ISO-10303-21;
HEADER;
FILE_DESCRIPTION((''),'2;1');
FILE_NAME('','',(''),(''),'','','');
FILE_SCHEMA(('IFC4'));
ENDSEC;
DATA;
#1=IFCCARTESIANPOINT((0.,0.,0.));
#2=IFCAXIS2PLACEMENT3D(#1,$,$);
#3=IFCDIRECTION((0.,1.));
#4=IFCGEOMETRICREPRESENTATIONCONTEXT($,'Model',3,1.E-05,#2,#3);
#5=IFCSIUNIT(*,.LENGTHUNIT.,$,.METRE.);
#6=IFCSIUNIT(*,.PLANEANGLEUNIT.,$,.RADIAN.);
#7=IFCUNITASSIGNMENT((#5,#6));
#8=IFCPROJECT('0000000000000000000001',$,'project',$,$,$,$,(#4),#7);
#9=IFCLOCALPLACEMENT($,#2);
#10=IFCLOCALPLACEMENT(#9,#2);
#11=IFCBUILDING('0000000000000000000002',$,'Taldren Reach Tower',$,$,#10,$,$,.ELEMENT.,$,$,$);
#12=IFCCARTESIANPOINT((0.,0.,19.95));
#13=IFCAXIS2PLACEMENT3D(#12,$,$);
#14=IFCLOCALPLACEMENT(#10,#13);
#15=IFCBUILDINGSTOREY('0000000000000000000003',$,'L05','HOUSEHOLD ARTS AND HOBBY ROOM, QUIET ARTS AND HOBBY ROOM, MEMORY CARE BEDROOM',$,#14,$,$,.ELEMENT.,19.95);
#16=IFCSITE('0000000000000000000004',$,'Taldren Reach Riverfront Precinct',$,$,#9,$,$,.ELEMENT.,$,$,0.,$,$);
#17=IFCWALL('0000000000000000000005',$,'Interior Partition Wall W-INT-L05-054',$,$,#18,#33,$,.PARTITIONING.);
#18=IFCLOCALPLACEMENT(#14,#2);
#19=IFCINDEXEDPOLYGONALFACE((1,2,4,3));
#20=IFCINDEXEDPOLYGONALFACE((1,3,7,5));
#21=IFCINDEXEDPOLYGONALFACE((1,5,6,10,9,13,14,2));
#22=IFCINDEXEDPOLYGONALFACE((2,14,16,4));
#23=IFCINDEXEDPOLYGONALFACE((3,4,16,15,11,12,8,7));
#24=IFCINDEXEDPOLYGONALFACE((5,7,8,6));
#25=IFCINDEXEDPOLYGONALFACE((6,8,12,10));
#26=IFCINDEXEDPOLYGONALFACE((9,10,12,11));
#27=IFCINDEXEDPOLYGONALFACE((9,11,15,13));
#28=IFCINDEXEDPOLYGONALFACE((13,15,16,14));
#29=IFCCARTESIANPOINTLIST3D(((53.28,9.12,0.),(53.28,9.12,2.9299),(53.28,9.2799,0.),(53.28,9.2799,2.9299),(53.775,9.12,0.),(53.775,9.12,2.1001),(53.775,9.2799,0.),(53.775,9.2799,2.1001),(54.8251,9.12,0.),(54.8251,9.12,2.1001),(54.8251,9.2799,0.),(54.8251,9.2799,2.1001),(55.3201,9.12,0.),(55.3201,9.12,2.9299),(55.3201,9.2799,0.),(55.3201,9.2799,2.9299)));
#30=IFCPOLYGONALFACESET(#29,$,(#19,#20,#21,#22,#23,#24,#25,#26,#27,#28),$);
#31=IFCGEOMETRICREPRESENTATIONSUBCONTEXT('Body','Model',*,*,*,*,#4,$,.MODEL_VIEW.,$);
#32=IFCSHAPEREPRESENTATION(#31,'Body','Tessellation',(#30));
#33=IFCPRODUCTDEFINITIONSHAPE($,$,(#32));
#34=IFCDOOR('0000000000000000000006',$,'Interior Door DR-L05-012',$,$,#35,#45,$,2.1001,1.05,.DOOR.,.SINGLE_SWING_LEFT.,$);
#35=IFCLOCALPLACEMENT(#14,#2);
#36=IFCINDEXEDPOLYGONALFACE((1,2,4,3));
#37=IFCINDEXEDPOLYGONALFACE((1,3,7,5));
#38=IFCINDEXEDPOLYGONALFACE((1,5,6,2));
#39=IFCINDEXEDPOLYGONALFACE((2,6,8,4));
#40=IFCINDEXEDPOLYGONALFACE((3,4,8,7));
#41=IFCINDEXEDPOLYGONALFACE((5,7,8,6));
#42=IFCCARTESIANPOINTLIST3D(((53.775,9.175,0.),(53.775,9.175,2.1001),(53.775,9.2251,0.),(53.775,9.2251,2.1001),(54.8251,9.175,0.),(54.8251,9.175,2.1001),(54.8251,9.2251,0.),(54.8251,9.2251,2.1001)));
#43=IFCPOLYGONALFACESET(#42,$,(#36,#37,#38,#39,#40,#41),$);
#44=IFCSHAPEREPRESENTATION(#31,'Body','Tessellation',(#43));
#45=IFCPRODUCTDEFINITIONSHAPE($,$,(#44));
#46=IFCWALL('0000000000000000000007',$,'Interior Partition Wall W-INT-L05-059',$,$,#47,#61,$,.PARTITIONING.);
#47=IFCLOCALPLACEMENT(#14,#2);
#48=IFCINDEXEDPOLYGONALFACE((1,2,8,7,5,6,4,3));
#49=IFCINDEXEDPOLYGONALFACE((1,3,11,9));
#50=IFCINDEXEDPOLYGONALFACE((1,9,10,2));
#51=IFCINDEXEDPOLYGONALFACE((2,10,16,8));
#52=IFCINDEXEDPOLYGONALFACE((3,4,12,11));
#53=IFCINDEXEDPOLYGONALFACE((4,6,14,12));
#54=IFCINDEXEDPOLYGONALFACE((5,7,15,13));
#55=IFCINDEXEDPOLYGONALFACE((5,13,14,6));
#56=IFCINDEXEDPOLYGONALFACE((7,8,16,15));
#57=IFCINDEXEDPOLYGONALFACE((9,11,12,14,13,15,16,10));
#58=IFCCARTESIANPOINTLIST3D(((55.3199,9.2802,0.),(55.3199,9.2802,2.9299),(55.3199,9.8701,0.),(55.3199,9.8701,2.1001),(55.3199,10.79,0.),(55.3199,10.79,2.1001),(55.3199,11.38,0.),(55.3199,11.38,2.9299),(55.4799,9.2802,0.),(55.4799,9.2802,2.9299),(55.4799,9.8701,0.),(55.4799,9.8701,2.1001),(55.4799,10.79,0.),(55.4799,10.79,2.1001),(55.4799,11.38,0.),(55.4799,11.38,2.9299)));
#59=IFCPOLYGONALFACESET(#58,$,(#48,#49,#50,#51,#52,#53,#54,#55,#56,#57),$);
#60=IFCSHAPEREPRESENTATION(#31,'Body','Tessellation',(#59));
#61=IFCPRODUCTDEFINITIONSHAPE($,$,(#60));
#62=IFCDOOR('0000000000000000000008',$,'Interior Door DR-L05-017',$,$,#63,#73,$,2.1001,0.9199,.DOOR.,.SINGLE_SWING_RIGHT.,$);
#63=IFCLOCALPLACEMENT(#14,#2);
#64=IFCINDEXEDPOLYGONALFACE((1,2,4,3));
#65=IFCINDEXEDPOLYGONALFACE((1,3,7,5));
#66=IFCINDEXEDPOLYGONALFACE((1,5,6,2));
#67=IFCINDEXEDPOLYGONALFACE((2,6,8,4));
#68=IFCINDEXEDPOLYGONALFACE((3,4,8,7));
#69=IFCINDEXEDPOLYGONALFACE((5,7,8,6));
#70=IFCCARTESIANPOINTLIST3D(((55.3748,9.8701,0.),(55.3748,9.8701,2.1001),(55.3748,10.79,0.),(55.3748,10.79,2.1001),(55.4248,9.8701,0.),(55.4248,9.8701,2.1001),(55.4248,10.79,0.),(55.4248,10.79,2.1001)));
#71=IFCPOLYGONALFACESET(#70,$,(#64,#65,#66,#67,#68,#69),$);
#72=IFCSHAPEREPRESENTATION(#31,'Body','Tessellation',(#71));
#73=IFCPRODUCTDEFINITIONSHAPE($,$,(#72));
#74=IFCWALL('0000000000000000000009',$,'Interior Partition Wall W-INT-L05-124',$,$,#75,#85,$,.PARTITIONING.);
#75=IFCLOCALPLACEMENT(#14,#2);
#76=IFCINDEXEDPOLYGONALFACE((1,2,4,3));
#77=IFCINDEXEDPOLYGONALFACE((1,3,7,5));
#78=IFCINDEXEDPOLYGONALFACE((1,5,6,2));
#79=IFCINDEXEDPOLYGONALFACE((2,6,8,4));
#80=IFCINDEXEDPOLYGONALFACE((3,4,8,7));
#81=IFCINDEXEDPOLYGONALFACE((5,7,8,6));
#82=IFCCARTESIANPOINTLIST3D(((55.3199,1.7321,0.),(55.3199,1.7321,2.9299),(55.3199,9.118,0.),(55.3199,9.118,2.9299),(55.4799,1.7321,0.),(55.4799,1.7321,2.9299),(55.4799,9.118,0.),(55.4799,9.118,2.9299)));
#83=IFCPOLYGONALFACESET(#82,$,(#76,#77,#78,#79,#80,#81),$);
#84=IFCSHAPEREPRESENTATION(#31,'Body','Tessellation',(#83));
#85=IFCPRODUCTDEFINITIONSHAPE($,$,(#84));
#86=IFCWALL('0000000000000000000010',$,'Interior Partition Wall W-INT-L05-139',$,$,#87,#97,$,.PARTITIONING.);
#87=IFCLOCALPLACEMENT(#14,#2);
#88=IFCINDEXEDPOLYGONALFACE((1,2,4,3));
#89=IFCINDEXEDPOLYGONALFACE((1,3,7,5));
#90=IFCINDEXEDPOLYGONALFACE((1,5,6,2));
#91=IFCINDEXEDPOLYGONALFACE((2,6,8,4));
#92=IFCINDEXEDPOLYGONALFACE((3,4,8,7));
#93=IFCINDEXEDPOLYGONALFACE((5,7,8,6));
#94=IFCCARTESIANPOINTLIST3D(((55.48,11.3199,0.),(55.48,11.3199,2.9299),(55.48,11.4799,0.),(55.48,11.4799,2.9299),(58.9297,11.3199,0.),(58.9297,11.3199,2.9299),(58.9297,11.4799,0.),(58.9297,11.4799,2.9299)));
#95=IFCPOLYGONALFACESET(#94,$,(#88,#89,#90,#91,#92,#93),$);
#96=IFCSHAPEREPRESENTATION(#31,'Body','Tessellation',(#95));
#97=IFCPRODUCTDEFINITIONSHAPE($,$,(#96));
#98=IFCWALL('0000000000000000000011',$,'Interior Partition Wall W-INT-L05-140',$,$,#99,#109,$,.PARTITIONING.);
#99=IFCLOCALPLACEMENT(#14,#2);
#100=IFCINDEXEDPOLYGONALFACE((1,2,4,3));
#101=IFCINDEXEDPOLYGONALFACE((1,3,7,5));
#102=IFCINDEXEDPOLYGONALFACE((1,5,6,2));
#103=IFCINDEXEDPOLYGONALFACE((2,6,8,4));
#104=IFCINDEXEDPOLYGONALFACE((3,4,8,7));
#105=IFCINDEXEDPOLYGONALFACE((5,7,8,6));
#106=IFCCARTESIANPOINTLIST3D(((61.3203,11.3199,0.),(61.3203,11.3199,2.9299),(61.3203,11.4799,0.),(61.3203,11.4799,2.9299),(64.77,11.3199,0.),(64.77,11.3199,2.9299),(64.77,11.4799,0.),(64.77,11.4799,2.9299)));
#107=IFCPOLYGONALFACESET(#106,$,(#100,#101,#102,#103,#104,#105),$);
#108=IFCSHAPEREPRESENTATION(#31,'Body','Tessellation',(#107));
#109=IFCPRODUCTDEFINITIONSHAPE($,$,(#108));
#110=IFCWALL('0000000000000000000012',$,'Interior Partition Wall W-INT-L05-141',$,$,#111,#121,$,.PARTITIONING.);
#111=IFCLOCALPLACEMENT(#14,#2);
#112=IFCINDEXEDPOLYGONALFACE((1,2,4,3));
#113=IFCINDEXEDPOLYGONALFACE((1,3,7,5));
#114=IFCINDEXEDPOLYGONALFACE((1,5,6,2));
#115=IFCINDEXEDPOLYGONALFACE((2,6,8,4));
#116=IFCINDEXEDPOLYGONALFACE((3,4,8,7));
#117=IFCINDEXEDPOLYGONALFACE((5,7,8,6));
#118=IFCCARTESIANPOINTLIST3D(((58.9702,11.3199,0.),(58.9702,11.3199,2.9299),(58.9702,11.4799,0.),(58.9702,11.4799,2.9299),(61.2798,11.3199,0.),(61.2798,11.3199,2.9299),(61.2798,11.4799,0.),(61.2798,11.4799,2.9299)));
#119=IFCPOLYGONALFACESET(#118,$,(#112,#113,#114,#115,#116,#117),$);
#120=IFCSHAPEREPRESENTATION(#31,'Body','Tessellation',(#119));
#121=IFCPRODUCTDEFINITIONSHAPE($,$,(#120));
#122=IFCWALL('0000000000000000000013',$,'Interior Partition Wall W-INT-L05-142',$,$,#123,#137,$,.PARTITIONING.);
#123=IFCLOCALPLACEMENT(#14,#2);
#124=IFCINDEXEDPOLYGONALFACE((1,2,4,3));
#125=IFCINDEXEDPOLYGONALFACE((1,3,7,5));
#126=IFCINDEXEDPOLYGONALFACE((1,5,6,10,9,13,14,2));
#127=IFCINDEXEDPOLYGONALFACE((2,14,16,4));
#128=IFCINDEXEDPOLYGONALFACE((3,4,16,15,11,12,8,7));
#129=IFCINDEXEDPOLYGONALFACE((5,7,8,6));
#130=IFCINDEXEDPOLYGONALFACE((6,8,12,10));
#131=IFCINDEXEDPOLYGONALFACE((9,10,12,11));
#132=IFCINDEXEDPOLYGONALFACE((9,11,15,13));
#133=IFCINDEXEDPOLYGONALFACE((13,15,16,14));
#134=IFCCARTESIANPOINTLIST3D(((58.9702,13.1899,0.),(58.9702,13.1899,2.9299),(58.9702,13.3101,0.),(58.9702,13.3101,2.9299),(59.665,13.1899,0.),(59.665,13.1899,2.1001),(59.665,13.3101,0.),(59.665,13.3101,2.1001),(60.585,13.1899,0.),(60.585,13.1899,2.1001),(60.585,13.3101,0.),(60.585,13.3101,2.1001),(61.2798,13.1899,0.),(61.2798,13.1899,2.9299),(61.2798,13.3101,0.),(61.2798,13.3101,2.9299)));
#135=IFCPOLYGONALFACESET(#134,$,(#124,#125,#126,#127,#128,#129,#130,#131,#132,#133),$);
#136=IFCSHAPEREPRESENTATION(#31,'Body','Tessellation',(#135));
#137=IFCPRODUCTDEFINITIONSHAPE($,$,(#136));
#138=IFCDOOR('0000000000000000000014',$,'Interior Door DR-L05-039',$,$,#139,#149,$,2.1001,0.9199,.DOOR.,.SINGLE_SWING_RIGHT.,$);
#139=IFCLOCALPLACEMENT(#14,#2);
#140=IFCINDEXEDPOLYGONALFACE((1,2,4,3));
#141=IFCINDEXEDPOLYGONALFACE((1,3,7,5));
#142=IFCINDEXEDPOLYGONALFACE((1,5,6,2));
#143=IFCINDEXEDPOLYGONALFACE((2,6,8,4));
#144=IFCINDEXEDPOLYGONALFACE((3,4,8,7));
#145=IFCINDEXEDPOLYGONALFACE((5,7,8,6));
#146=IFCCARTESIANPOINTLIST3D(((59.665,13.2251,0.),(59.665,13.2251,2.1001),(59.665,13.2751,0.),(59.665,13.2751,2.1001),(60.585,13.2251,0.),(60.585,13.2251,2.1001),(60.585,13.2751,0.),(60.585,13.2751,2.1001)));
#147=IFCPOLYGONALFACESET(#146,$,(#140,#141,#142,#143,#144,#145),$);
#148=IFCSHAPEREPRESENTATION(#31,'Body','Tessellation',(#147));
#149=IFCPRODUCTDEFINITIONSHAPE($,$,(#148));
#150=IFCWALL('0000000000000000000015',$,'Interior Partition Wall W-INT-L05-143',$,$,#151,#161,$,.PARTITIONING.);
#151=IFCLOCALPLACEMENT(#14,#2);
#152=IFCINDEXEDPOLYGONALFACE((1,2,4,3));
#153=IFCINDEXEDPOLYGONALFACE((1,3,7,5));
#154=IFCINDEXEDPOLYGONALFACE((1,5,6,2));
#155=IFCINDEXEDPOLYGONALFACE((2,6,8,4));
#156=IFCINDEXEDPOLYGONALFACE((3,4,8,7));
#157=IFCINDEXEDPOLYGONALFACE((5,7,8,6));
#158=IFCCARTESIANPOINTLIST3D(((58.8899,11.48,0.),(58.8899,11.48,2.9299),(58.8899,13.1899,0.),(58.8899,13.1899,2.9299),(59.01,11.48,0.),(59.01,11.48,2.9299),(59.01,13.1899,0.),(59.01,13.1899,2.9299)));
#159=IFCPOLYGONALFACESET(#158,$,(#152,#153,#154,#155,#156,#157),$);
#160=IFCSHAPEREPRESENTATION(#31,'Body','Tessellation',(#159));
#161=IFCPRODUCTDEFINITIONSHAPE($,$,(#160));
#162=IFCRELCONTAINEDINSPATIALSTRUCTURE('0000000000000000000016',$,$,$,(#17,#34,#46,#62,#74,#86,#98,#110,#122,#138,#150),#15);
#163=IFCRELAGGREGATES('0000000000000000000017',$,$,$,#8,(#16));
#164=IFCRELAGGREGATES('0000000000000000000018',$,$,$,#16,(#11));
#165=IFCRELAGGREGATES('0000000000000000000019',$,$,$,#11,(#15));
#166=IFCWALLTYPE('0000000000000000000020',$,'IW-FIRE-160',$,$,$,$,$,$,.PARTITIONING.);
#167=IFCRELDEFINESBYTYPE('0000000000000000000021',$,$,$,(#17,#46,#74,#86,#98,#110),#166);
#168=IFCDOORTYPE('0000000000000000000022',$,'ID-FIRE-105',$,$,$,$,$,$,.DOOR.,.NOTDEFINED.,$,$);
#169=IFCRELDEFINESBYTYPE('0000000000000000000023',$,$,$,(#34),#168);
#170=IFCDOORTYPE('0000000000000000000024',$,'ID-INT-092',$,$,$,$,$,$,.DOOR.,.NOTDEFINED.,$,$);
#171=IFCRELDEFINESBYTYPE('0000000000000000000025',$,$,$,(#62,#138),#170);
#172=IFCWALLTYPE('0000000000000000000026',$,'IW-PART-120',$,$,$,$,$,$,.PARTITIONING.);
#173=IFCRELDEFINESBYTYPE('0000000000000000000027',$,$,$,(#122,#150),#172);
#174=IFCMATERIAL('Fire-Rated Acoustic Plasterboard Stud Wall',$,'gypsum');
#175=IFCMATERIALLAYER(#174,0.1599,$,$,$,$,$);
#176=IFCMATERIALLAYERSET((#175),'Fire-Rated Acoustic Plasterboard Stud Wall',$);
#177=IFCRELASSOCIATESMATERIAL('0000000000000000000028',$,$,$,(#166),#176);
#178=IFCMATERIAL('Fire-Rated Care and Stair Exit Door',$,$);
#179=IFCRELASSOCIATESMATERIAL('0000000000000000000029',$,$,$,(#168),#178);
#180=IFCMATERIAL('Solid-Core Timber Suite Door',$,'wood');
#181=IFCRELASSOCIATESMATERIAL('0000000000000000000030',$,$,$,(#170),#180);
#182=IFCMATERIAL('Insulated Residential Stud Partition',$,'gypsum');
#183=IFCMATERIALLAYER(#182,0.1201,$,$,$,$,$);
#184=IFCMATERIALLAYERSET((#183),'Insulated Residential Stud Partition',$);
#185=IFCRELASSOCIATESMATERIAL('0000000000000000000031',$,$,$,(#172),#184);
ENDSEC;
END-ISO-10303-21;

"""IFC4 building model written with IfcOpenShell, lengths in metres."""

from ifc_helpers import new_model, si_unit, direction, frame, frame_2d, origin, place, context, subcontext, project, spatial, rectangle, extrude, source, transform, mapped, material, layer, layer_set, type_object, element, fill, save


model = new_model("IFC4")

# Units and contexts
model_context = context("Model", 3, precision=1e-05, world=origin(), true_north=direction((0.0, 1.0)))
body_context = subcontext(model_context, "Body", "Model", "MODEL_VIEW")
ifc_project = project(units=[si_unit("LENGTHUNIT", "METRE"), si_unit("PLANEANGLEUNIT", "RADIAN")], contexts=[model_context])

# Site, building, storey
site_placement = place(None, origin())
site = spatial("IfcSite", under=ifc_project, at=site_placement, Name="Taldren Reach Riverfront Precinct", CompositionType="ELEMENT", RefElevation=0.0)
building_placement = place(site_placement, origin())
building = spatial("IfcBuilding", under=site, at=building_placement, Name="Taldren Reach Tower", CompositionType="ELEMENT")
storey_placement = place(building_placement, frame((0.0, 0.0, 19.95)))
storey = spatial("IfcBuildingStorey", under=building, at=storey_placement, Name="L05", Description="HOUSEHOLD ARTS AND HOBBY ROOM, QUIET ARTS AND HOBBY ROOM, MEMORY CARE BEDROOM", CompositionType="ELEMENT", Elevation=19.95)

# Walls, openings, doors
ifc_material_1 = material(Name="Fire-Rated Acoustic Plasterboard Stud Wall", Category="gypsum")
ifc_layer_1 = layer(ifc_material_1, 0.1599)
ifc_layer_set_1 = layer_set([ifc_layer_1], Name="Fire-Rated Acoustic Plasterboard Stud Wall")
wall_type_1 = type_object("IfcWallType", Name="IW-FIRE-160", PredefinedType="PARTITIONING", material=ifc_layer_set_1)
shared_shape_1 = source(origin(), body_context, "Body", "SweptSolid", [
    extrude(rectangle(XDim=2.04, YDim=0.1599, at=frame_2d((1.02, 0.0))), origin(), (0.0, 0.0, 1.0), 2.9299),
])
wall_1_placement = place(storey_placement, frame((55.3201, 9.2, 0.0), z_axis=(0.0, 0.0, 1.0), x_axis=(-1.0, 0.0, 0.0)))
wall_1 = element("IfcWall", 1, at=wall_1_placement, inside=storey, type_object=wall_type_1, Name="Interior Partition Wall W-INT-L05-054", PredefinedType="PARTITIONING", context=body_context, shape_type="MappedRepresentation", body=[
    mapped(shared_shape_1, transform((0.0, 0.0, 0.0), scale=1.0)),
])
shared_shape_2 = source(origin(), body_context, "Body", "SweptSolid", [
    extrude(rectangle(XDim=1.05, YDim=2.1001, at=frame_2d((0.5249, 1.05))), frame((0.0, 0.0898, 0.0), z_axis=(0.0, -1.0, 0.0), x_axis=(1.0, 0.0, 0.0)), (0.0, 0.0, 1.0), 0.1799),
])
opening_1_placement = place(wall_1_placement, frame((0.4951, 0.0, 0.0)))
opening_1 = element("IfcOpeningElement", 2, at=opening_1_placement, cuts=wall_1, PredefinedType="OPENING", context=body_context, shape_type="MappedRepresentation", body=[
    mapped(shared_shape_2, transform((0.0, 0.0, 0.0), scale=1.0)),
])
ifc_material_2 = material(Name="Fire-Rated Care and Stair Exit Door")
door_type_1 = type_object("IfcDoorType", Name="ID-FIRE-105", OperationType="NOTDEFINED", PredefinedType="DOOR", material=ifc_material_2)
shared_shape_3 = source(origin(), body_context, "Body", "SweptSolid", [
    extrude(rectangle(XDim=1.05, YDim=2.1001, at=frame_2d((0.5249, 1.05))), frame((0.0, 0.0249, 0.0), z_axis=(0.0, -1.0, 0.0), x_axis=(1.0, 0.0, 0.0)), (0.0, 0.0, 1.0), 0.05),
])
door_1_placement = place(opening_1_placement, origin())
door_1 = element("IfcDoor", 3, at=door_1_placement, inside=storey, type_object=door_type_1, Name="Interior Door DR-L05-012", OperationType="SINGLE_SWING_LEFT", OverallHeight=2.1001, OverallWidth=1.05, PredefinedType="DOOR", context=body_context, shape_type="MappedRepresentation", body=[
    mapped(shared_shape_3, transform((0.0, 0.0, 0.0), scale=1.0)),
])
fill(opening_1, door_1)
shared_shape_4 = source(origin(), body_context, "Body", "SweptSolid", [
    extrude(rectangle(XDim=2.0999, YDim=0.1599, at=frame_2d((1.0498, 0.0))), origin(), (0.0, 0.0, 1.0), 2.9299),
])
wall_2_placement = place(storey_placement, frame((55.3999, 11.3799, 0.0), z_axis=(0.0, 0.0, 1.0), x_axis=(0.0, -1.0, 0.0)))
wall_2 = element("IfcWall", 4, at=wall_2_placement, inside=storey, type_object=wall_type_1, Name="Interior Partition Wall W-INT-L05-059", PredefinedType="PARTITIONING", context=body_context, shape_type="MappedRepresentation", body=[
    mapped(shared_shape_4, transform((0.0, 0.0, 0.0), scale=1.0)),
])
shared_shape_5 = source(origin(), body_context, "Body", "SweptSolid", [
    extrude(rectangle(XDim=0.9199, YDim=2.1001, at=frame_2d((0.46, 1.05))), frame((0.0, 0.0898, 0.0), z_axis=(0.0, -1.0, 0.0), x_axis=(1.0, 0.0, 0.0)), (0.0, 0.0, 1.0), 0.1799),
])
opening_2_placement = place(wall_2_placement, frame((0.5898, 0.0, 0.0)))
opening_2 = element("IfcOpeningElement", 5, at=opening_2_placement, cuts=wall_2, PredefinedType="OPENING", context=body_context, shape_type="MappedRepresentation", body=[
    mapped(shared_shape_5, transform((0.0, 0.0, 0.0), scale=1.0)),
])
ifc_material_3 = material(Name="Solid-Core Timber Suite Door", Category="wood")
door_type_2 = type_object("IfcDoorType", Name="ID-INT-092", OperationType="NOTDEFINED", PredefinedType="DOOR", material=ifc_material_3)
shared_shape_6 = source(origin(), body_context, "Body", "SweptSolid", [
    extrude(rectangle(XDim=0.9199, YDim=2.1001, at=frame_2d((0.46, 1.05))), frame((0.0, 0.0249, 0.0), z_axis=(0.0, -1.0, 0.0), x_axis=(1.0, 0.0, 0.0)), (0.0, 0.0, 1.0), 0.05),
])
door_2_placement = place(opening_2_placement, origin())
door_2 = element("IfcDoor", 6, at=door_2_placement, inside=storey, type_object=door_type_2, Name="Interior Door DR-L05-017", OperationType="SINGLE_SWING_RIGHT", OverallHeight=2.1001, OverallWidth=0.9199, PredefinedType="DOOR", context=body_context, shape_type="MappedRepresentation", body=[
    mapped(shared_shape_6, transform((0.0, 0.0, 0.0), scale=1.0)),
])
fill(opening_2, door_2)

# Walls
shared_shape_7 = source(origin(), body_context, "Body", "SweptSolid", [
    extrude(rectangle(XDim=7.386, YDim=0.1599, at=frame_2d((3.6929, 0.0))), origin(), (0.0, 0.0, 1.0), 2.9299),
])
wall_3_placement = place(storey_placement, frame((55.3999, 9.1179, 0.0), z_axis=(0.0, 0.0, 1.0), x_axis=(0.0, -1.0, 0.0)))
element("IfcWall", 7, at=wall_3_placement, inside=storey, type_object=wall_type_1, Name="Interior Partition Wall W-INT-L05-124", PredefinedType="PARTITIONING", context=body_context, shape_type="MappedRepresentation", body=[
    mapped(shared_shape_7, transform((0.0, 0.0, 0.0), scale=1.0)),
])
shared_shape_8 = source(origin(), body_context, "Body", "SweptSolid", [
    extrude(rectangle(XDim=3.4497, YDim=0.1599, at=frame_2d((1.7249, 0.0))), origin(), (0.0, 0.0, 1.0), 2.9299),
])
for number, where, z_axis, x_axis, name in (
    (8, (55.48, 11.3999, 0.0), (0.0, 0.0, 1.0), (1.0, 0.0, 0.0), "Interior Partition Wall W-INT-L05-139"),
    (9, (61.3203, 11.3999, 0.0), (0.0, 0.0, 1.0), (1.0, 0.0, 0.0), "Interior Partition Wall W-INT-L05-140"),
):
    element("IfcWall", number, at=place(storey_placement, frame(where, z_axis=z_axis, x_axis=x_axis)), inside=storey, type_object=wall_type_1, Name=name, PredefinedType="PARTITIONING", context=body_context, shape_type="MappedRepresentation", body=[
        mapped(shared_shape_8, transform((0.0, 0.0, 0.0), scale=1.0)),
    ])
shared_shape_9 = source(origin(), body_context, "Body", "SweptSolid", [
    extrude(rectangle(XDim=2.3096, YDim=0.1599, at=frame_2d((1.1548, 0.0))), origin(), (0.0, 0.0, 1.0), 2.9299),
])
wall_4_placement = place(storey_placement, frame((58.9702, 11.3999, 0.0), z_axis=(0.0, 0.0, 1.0), x_axis=(1.0, 0.0, 0.0)))
element("IfcWall", 10, at=wall_4_placement, inside=storey, type_object=wall_type_1, Name="Interior Partition Wall W-INT-L05-141", PredefinedType="PARTITIONING", context=body_context, shape_type="MappedRepresentation", body=[
    mapped(shared_shape_9, transform((0.0, 0.0, 0.0), scale=1.0)),
])

# Wall, opening, door
ifc_material_4 = material(Name="Insulated Residential Stud Partition", Category="gypsum")
ifc_layer_2 = layer(ifc_material_4, 0.1201)
ifc_layer_set_2 = layer_set([ifc_layer_2], Name="Insulated Residential Stud Partition")
wall_type_2 = type_object("IfcWallType", Name="IW-PART-120", PredefinedType="PARTITIONING", material=ifc_layer_set_2)
shared_shape_10 = source(origin(), body_context, "Body", "SweptSolid", [
    extrude(rectangle(XDim=2.3096, YDim=0.1201, at=frame_2d((1.1548, 0.0))), origin(), (0.0, 0.0, 1.0), 2.9299),
])
wall_5_placement = place(storey_placement, frame((61.2798, 13.25, 0.0), z_axis=(0.0, 0.0, 1.0), x_axis=(-1.0, 0.0, 0.0)))
wall_5 = element("IfcWall", 11, at=wall_5_placement, inside=storey, type_object=wall_type_2, Name="Interior Partition Wall W-INT-L05-142", PredefinedType="PARTITIONING", context=body_context, shape_type="MappedRepresentation", body=[
    mapped(shared_shape_10, transform((0.0, 0.0, 0.0), scale=1.0)),
])
shared_shape_11 = source(origin(), body_context, "Body", "SweptSolid", [
    extrude(rectangle(XDim=0.9199, YDim=2.1001, at=frame_2d((0.46, 1.05))), frame((0.0, 0.0701, 0.0), z_axis=(0.0, -1.0, 0.0), x_axis=(1.0, 0.0, 0.0)), (0.0, 0.0, 1.0), 0.1401),
])
opening_3_placement = place(wall_5_placement, frame((0.6948, 0.0, 0.0)))
opening_3 = element("IfcOpeningElement", 12, at=opening_3_placement, cuts=wall_5, PredefinedType="OPENING", context=body_context, shape_type="MappedRepresentation", body=[
    mapped(shared_shape_11, transform((0.0, 0.0, 0.0), scale=1.0)),
])
door_3_placement = place(opening_3_placement, origin())
door_3 = element("IfcDoor", 13, at=door_3_placement, inside=storey, type_object=door_type_2, Name="Interior Door DR-L05-039", OperationType="SINGLE_SWING_RIGHT", OverallHeight=2.1001, OverallWidth=0.9199, PredefinedType="DOOR", context=body_context, shape_type="MappedRepresentation", body=[
    mapped(shared_shape_6, transform((0.0, 0.0, 0.0), scale=1.0)),
])
fill(opening_3, door_3)

# Wall
shared_shape_12 = source(origin(), body_context, "Body", "SweptSolid", [
    extrude(rectangle(XDim=1.71, YDim=0.1201, at=frame_2d((0.855, 0.0))), origin(), (0.0, 0.0, 1.0), 2.9299),
])
for number, where, z_axis, x_axis, name in (
    (14, (58.95, 13.1899, 0.0), (0.0, 0.0, 1.0), (0.0, -1.0, 0.0), "Interior Partition Wall W-INT-L05-143"),
):
    element("IfcWall", number, at=place(storey_placement, frame(where, z_axis=z_axis, x_axis=x_axis)), inside=storey, type_object=wall_type_2, Name=name, PredefinedType="PARTITIONING", context=body_context, shape_type="MappedRepresentation", body=[
        mapped(shared_shape_12, transform((0.0, 0.0, 0.0), scale=1.0)),
    ])

save(model, "model.ifc")
